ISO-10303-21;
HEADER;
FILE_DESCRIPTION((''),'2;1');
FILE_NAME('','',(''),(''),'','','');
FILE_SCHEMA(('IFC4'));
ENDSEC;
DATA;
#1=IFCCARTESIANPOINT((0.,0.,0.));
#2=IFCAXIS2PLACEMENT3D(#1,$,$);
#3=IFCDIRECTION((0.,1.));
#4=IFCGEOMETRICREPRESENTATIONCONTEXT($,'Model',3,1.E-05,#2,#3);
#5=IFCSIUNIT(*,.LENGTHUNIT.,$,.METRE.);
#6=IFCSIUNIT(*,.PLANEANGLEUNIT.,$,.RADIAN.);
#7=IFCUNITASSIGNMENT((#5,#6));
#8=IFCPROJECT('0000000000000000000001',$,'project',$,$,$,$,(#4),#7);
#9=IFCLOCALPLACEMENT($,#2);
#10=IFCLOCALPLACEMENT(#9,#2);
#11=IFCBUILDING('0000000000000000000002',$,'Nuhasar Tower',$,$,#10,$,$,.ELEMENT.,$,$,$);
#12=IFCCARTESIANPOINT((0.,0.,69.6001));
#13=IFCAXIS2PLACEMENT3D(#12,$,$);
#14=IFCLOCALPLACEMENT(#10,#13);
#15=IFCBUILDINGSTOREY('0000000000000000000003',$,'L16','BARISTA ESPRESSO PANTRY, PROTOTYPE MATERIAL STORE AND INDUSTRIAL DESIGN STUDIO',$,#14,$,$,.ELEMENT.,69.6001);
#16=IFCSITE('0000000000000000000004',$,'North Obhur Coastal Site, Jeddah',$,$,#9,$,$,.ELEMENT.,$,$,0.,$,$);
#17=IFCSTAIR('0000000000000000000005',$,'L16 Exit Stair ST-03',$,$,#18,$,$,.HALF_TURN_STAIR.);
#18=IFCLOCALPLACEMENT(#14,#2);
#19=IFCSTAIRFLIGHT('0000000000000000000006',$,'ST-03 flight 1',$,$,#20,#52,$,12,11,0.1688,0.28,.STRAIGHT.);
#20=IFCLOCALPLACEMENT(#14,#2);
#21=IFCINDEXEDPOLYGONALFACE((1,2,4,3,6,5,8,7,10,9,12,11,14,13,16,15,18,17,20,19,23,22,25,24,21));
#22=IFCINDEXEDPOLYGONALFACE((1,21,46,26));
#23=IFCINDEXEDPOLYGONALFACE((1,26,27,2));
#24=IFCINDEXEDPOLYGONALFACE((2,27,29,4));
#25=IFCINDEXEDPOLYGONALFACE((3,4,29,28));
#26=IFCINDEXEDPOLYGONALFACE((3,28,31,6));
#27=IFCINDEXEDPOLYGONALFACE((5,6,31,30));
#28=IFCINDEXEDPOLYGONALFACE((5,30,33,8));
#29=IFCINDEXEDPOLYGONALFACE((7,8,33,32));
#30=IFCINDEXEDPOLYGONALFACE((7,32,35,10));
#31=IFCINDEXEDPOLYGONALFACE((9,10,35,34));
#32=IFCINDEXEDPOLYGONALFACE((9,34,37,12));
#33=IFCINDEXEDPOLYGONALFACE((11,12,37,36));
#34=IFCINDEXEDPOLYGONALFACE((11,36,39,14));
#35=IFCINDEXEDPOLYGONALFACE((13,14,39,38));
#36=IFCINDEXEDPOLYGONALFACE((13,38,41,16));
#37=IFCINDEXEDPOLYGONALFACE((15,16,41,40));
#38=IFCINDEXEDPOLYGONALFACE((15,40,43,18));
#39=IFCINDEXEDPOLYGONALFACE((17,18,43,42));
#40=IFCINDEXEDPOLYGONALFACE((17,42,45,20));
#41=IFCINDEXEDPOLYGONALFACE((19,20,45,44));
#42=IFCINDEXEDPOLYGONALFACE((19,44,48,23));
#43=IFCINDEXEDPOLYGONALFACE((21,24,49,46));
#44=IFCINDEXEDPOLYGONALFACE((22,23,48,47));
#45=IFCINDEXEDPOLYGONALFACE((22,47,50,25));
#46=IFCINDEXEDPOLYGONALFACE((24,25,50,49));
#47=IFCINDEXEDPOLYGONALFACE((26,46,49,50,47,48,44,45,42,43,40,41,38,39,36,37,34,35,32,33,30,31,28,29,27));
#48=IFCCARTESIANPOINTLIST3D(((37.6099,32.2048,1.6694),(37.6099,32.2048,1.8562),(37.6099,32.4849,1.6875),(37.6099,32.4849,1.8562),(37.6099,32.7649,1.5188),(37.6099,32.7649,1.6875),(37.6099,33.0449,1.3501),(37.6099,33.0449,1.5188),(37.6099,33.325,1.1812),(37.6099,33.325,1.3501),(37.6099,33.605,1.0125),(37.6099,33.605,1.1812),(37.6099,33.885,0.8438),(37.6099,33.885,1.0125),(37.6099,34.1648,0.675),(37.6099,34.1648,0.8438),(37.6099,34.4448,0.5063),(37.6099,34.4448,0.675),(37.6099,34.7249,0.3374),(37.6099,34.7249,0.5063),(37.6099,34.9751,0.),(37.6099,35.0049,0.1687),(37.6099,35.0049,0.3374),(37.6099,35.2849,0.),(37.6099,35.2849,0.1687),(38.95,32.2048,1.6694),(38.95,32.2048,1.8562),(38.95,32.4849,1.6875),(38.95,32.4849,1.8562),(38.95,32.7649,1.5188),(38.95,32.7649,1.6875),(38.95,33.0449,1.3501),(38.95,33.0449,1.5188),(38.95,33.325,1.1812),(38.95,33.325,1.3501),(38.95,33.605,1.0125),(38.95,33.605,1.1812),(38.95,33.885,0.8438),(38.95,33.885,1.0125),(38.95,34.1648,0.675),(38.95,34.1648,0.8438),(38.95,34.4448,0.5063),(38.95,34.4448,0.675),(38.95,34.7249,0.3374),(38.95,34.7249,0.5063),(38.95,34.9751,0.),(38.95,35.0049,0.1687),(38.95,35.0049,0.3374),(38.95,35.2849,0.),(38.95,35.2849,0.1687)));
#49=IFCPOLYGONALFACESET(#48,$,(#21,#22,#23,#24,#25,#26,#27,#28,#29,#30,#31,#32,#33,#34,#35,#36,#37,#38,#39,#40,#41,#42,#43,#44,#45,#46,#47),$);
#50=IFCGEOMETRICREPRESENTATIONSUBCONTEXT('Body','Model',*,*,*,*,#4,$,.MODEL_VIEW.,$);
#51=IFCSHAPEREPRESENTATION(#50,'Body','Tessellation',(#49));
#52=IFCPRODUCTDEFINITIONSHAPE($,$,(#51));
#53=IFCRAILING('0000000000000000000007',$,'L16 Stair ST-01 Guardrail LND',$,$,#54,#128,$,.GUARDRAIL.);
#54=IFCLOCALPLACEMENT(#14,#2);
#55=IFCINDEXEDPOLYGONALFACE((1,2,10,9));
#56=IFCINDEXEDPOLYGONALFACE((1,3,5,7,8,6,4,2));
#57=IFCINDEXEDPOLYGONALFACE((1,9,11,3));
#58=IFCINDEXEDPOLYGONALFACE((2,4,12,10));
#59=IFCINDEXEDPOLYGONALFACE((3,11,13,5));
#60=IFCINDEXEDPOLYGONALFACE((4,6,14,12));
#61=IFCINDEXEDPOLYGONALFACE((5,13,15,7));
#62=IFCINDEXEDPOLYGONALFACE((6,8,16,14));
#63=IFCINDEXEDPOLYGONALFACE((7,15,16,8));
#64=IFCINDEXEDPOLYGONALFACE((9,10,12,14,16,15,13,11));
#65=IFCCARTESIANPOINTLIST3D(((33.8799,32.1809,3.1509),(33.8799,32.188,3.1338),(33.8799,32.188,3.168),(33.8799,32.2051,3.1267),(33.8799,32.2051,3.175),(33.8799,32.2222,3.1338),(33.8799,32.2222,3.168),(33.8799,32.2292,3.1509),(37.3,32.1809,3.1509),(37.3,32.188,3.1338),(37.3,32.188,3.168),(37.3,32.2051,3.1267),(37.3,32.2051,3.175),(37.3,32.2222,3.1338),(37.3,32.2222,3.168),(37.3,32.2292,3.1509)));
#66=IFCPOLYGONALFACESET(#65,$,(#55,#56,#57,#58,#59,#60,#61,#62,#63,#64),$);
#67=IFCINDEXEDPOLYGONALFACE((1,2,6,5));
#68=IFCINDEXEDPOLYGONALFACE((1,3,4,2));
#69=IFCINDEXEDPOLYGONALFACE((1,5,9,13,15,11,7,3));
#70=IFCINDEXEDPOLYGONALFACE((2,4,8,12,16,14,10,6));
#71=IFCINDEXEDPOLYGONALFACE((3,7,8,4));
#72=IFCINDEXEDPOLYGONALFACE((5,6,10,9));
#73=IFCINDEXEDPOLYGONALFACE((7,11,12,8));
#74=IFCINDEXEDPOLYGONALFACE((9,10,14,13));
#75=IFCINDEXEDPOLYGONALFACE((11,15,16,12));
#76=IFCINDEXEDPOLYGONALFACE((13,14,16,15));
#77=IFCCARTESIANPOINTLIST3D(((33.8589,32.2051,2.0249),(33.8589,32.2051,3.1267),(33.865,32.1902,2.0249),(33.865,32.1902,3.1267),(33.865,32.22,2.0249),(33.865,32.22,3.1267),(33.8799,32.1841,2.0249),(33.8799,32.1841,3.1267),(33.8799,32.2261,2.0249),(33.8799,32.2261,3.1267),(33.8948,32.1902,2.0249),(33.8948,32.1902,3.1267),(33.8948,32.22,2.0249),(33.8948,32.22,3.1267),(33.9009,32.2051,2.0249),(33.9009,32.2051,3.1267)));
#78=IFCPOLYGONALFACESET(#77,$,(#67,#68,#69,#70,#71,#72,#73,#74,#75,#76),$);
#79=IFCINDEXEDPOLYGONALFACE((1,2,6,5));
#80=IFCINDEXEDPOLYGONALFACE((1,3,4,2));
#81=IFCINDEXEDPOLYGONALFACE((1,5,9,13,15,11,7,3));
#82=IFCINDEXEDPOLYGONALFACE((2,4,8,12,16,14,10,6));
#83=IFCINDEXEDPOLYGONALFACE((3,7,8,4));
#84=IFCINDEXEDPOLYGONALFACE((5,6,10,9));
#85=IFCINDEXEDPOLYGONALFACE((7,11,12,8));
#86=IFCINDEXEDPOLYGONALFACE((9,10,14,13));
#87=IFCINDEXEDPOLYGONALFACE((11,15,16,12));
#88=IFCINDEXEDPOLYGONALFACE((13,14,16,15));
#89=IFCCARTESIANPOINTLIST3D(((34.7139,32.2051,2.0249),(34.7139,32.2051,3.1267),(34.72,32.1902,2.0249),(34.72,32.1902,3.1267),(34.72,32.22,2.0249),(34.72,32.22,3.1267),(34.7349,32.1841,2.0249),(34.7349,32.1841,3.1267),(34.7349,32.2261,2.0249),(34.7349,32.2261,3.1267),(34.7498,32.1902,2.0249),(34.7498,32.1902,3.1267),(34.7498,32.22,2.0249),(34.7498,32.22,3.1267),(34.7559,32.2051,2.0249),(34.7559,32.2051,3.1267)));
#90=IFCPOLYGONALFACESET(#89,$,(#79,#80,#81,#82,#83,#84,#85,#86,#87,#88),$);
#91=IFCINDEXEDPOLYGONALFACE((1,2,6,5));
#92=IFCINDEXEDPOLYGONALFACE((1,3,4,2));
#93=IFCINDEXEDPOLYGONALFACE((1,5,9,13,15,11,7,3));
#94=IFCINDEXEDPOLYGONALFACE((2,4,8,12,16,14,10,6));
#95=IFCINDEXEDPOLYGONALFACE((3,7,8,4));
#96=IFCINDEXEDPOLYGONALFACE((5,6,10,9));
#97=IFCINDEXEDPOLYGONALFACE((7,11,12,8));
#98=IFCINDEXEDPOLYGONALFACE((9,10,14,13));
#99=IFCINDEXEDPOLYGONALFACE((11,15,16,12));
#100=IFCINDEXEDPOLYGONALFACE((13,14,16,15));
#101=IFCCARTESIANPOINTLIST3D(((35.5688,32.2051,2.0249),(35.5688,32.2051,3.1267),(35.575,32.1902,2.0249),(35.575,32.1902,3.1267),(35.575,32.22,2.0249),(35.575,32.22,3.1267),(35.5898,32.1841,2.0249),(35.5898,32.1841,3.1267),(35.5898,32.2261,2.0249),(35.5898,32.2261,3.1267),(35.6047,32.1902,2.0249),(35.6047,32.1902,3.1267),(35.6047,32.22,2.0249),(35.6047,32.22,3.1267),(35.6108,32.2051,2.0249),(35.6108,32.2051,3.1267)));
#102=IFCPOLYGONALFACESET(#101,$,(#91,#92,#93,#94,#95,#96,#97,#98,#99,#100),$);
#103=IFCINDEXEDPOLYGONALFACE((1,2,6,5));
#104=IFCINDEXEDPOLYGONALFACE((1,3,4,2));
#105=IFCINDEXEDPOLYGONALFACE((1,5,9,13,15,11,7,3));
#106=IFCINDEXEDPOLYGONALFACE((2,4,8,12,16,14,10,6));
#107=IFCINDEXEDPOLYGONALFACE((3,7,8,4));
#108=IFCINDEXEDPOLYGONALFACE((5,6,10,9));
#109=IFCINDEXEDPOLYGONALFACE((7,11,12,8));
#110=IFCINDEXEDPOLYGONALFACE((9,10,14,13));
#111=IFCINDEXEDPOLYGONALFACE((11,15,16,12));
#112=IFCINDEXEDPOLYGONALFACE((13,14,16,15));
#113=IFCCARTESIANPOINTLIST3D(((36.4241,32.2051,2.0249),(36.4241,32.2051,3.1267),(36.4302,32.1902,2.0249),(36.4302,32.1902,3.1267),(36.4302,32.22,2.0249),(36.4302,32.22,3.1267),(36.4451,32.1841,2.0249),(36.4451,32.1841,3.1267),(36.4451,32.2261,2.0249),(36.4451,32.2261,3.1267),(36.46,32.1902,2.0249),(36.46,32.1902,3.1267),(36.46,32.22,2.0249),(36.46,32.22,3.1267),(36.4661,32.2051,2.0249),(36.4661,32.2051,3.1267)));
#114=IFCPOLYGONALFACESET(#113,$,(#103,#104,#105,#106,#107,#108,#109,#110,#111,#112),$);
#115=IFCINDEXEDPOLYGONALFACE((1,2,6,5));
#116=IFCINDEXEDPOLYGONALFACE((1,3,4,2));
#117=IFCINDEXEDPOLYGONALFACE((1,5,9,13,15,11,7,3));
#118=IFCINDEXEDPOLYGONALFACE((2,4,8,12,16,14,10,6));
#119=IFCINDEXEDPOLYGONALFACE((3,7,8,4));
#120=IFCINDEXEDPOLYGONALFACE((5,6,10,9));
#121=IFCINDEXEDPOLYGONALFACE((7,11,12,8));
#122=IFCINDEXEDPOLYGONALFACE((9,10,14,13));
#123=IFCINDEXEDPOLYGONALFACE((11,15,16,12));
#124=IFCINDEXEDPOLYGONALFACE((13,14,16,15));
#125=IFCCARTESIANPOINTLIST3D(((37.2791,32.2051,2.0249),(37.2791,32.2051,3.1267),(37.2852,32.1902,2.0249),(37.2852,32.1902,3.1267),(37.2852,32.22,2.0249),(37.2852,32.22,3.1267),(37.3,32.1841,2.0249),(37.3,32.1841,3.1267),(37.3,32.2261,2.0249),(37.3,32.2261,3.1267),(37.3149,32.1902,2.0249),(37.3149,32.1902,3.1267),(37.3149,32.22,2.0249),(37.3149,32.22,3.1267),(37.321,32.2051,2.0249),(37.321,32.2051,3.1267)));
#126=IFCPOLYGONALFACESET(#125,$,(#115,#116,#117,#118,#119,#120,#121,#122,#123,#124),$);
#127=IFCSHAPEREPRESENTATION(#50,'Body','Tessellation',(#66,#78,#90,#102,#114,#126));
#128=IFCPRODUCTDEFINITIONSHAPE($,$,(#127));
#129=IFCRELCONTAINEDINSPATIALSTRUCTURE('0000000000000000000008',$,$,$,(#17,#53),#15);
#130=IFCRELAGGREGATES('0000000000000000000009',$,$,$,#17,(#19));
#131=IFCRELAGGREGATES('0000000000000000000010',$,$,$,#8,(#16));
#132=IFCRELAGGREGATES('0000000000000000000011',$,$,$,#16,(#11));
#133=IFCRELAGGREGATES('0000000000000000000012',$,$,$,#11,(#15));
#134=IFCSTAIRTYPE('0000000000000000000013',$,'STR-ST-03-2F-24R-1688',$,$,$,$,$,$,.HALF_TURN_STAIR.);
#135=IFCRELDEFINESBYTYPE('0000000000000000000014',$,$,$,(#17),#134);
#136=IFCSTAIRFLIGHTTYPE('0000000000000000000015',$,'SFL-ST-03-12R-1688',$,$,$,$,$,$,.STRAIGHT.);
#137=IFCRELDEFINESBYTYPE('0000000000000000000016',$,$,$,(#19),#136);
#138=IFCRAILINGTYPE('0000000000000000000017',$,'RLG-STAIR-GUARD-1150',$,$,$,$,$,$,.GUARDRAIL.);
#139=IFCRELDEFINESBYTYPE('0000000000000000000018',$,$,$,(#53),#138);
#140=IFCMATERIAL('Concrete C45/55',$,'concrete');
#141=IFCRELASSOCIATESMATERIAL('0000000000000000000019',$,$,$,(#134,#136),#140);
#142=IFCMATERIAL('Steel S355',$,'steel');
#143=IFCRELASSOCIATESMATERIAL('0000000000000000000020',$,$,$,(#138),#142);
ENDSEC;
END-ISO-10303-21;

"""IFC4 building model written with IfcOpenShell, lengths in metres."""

from ifc_helpers import new_model, si_unit, direction, frame, origin, place, context, subcontext, project, spatial, polyline, outline, extrude, material, type_object, element, aggregate, save


model = new_model("IFC4")

# Units and contexts
model_context = context("Model", 3, precision=1e-05, world=origin(), true_north=direction((0.0, 1.0)))
body_context = subcontext(model_context, "Body", "Model", "MODEL_VIEW")
ifc_project = project(units=[si_unit("LENGTHUNIT", "METRE"), si_unit("PLANEANGLEUNIT", "RADIAN")], contexts=[model_context])

# Site, building, storey
site_placement = place(None, origin())
site = spatial("IfcSite", under=ifc_project, at=site_placement, Name="North Obhur Coastal Site, Jeddah", CompositionType="ELEMENT", RefElevation=0.0)
building_placement = place(site_placement, origin())
building = spatial("IfcBuilding", under=site, at=building_placement, Name="Nuhasar Tower", CompositionType="ELEMENT")
storey_placement = place(building_placement, frame((0.0, 0.0, 69.6001)))
storey = spatial("IfcBuildingStorey", under=building, at=storey_placement, Name="L16", Description="BARISTA ESPRESSO PANTRY, PROTOTYPE MATERIAL STORE AND INDUSTRIAL DESIGN STUDIO", CompositionType="ELEMENT", Elevation=69.6001)

# Shared definitions
ifc_material_1 = material(Name="Steel S355", Category="steel")

# Shared definitions
ifc_material_2 = material(Name="Concrete C45/55", Category="concrete")

# Stair, stair flight
stair_type_1 = type_object("IfcStairType", Name="STR-ST-03-2F-24R-1688", PredefinedType="HALF_TURN_STAIR", material=ifc_material_2)
stair_1_placement = place(storey_placement, origin())
stair_1 = element("IfcStair", 1, at=stair_1_placement, inside=storey, type_object=stair_type_1, Name="L16 Exit Stair ST-03", PredefinedType="HALF_TURN_STAIR")
stair_flight_type_1 = type_object("IfcStairFlightType", Name="SFL-ST-03-12R-1688", PredefinedType="STRAIGHT", material=ifc_material_2)
stair_flight_1_placement = place(storey_placement, frame((38.28, 35.2849, 0.0), z_axis=(0.0, 0.0, 1.0), x_axis=(0.0, -1.0, 0.0)))
stair_flight_1 = element("IfcStairFlight", 2, at=stair_flight_1_placement, type_object=stair_flight_type_1, Name="ST-03 flight 1", NumberOfRisers=12, NumberOfTreads=11, PredefinedType="STRAIGHT", RiserHeight=0.1688, TreadLength=0.28, context=body_context, shape_type="SweptSolid", body=[
    extrude(outline(polyline([(0.0, 0.0), (0.0, 0.1687), (0.28, 0.1687), (0.28, 0.3374), (0.5601, 0.3374), (0.5601, 0.5063), (0.8401, 0.5063), (0.8401, 0.675), (1.1201, 0.675), (1.1201, 0.8438), (1.3999, 0.8438), (1.3999, 1.0125), (1.6799, 1.0125), (1.6799, 1.1812), (1.96, 1.1812), (1.96, 1.3501), (2.24, 1.3501), (2.24, 1.5188), (2.52, 1.5188), (2.52, 1.6875), (2.8, 1.6875), (2.8, 1.8562), (3.0801, 1.8562), (3.0801, 2.0249), (3.0801, 1.6694), (0.3098, 0.0), (0.0, 0.0)])), frame((0.0, 0.6699, 0.0), z_axis=(0.0, -1.0, 0.0), x_axis=(1.0, 0.0, 0.0)), (0.0, 0.0, 1.0), 1.3401),
])
aggregate(stair_1, [stair_flight_1])

# Railing
railing_type_1 = type_object("IfcRailingType", Name="RLG-STAIR-GUARD-1150", PredefinedType="GUARDRAIL", material=ifc_material_1)
railing_1_placement = place(storey_placement, frame((33.8799, 32.2051, 2.0249)))
element("IfcRailing", 3, at=railing_1_placement, inside=storey, type_object=railing_type_1, Name="L16 Stair ST-01 Guardrail LND", PredefinedType="GUARDRAIL", context=body_context, shape_type="SweptSolid", body=[
    extrude(outline(polyline([(0.0242, 0.0), (0.0171, 0.0171), (0.0, 0.0242), (-0.0171, 0.0171), (-0.0242, 0.0), (-0.0171, -0.0171), (0.0, -0.0242), (0.0171, -0.0171), (0.0242, 0.0)])), frame((0.0, 0.0, 1.126), z_axis=(1.0, 0.0, 0.0), x_axis=(0.0, 1.0, 0.0)), (0.0, 0.0, 1.0), 3.4202),
    extrude(outline(polyline([(0.021, 0.0), (0.0149, 0.0149), (0.0, 0.021), (-0.0149, 0.0149), (-0.021, 0.0), (-0.0149, -0.0149), (0.0, -0.021), (0.0149, -0.0149), (0.021, 0.0)])), origin(), (0.0, 0.0, 1.0), 1.1018),
    extrude(outline(polyline([(0.021, 0.0), (0.0149, 0.0149), (0.0, 0.021), (-0.0149, 0.0149), (-0.021, 0.0), (-0.0149, -0.0149), (0.0, -0.021), (0.0149, -0.0149), (0.021, 0.0)])), frame((0.855, 0.0, 0.0)), (0.0, 0.0, 1.0), 1.1018),
    extrude(outline(polyline([(0.021, 0.0), (0.0149, 0.0149), (0.0, 0.021), (-0.0149, 0.0149), (-0.021, 0.0), (-0.0149, -0.0149), (0.0, -0.021), (0.0149, -0.0149), (0.021, 0.0)])), frame((1.71, 0.0, 0.0)), (0.0, 0.0, 1.0), 1.1018),
    extrude(outline(polyline([(0.021, 0.0), (0.0149, 0.0149), (0.0, 0.021), (-0.0149, 0.0149), (-0.021, 0.0), (-0.0149, -0.0149), (0.0, -0.021), (0.0149, -0.0149), (0.021, 0.0)])), frame((2.5652, 0.0, 0.0)), (0.0, 0.0, 1.0), 1.1018),
    extrude(outline(polyline([(0.021, 0.0), (0.0149, 0.0149), (0.0, 0.021), (-0.0149, 0.0149), (-0.021, 0.0), (-0.0149, -0.0149), (0.0, -0.021), (0.0149, -0.0149), (0.021, 0.0)])), frame((3.4202, 0.0, 0.0)), (0.0, 0.0, 1.0), 1.1018),
])

save(model, "model.ifc")
